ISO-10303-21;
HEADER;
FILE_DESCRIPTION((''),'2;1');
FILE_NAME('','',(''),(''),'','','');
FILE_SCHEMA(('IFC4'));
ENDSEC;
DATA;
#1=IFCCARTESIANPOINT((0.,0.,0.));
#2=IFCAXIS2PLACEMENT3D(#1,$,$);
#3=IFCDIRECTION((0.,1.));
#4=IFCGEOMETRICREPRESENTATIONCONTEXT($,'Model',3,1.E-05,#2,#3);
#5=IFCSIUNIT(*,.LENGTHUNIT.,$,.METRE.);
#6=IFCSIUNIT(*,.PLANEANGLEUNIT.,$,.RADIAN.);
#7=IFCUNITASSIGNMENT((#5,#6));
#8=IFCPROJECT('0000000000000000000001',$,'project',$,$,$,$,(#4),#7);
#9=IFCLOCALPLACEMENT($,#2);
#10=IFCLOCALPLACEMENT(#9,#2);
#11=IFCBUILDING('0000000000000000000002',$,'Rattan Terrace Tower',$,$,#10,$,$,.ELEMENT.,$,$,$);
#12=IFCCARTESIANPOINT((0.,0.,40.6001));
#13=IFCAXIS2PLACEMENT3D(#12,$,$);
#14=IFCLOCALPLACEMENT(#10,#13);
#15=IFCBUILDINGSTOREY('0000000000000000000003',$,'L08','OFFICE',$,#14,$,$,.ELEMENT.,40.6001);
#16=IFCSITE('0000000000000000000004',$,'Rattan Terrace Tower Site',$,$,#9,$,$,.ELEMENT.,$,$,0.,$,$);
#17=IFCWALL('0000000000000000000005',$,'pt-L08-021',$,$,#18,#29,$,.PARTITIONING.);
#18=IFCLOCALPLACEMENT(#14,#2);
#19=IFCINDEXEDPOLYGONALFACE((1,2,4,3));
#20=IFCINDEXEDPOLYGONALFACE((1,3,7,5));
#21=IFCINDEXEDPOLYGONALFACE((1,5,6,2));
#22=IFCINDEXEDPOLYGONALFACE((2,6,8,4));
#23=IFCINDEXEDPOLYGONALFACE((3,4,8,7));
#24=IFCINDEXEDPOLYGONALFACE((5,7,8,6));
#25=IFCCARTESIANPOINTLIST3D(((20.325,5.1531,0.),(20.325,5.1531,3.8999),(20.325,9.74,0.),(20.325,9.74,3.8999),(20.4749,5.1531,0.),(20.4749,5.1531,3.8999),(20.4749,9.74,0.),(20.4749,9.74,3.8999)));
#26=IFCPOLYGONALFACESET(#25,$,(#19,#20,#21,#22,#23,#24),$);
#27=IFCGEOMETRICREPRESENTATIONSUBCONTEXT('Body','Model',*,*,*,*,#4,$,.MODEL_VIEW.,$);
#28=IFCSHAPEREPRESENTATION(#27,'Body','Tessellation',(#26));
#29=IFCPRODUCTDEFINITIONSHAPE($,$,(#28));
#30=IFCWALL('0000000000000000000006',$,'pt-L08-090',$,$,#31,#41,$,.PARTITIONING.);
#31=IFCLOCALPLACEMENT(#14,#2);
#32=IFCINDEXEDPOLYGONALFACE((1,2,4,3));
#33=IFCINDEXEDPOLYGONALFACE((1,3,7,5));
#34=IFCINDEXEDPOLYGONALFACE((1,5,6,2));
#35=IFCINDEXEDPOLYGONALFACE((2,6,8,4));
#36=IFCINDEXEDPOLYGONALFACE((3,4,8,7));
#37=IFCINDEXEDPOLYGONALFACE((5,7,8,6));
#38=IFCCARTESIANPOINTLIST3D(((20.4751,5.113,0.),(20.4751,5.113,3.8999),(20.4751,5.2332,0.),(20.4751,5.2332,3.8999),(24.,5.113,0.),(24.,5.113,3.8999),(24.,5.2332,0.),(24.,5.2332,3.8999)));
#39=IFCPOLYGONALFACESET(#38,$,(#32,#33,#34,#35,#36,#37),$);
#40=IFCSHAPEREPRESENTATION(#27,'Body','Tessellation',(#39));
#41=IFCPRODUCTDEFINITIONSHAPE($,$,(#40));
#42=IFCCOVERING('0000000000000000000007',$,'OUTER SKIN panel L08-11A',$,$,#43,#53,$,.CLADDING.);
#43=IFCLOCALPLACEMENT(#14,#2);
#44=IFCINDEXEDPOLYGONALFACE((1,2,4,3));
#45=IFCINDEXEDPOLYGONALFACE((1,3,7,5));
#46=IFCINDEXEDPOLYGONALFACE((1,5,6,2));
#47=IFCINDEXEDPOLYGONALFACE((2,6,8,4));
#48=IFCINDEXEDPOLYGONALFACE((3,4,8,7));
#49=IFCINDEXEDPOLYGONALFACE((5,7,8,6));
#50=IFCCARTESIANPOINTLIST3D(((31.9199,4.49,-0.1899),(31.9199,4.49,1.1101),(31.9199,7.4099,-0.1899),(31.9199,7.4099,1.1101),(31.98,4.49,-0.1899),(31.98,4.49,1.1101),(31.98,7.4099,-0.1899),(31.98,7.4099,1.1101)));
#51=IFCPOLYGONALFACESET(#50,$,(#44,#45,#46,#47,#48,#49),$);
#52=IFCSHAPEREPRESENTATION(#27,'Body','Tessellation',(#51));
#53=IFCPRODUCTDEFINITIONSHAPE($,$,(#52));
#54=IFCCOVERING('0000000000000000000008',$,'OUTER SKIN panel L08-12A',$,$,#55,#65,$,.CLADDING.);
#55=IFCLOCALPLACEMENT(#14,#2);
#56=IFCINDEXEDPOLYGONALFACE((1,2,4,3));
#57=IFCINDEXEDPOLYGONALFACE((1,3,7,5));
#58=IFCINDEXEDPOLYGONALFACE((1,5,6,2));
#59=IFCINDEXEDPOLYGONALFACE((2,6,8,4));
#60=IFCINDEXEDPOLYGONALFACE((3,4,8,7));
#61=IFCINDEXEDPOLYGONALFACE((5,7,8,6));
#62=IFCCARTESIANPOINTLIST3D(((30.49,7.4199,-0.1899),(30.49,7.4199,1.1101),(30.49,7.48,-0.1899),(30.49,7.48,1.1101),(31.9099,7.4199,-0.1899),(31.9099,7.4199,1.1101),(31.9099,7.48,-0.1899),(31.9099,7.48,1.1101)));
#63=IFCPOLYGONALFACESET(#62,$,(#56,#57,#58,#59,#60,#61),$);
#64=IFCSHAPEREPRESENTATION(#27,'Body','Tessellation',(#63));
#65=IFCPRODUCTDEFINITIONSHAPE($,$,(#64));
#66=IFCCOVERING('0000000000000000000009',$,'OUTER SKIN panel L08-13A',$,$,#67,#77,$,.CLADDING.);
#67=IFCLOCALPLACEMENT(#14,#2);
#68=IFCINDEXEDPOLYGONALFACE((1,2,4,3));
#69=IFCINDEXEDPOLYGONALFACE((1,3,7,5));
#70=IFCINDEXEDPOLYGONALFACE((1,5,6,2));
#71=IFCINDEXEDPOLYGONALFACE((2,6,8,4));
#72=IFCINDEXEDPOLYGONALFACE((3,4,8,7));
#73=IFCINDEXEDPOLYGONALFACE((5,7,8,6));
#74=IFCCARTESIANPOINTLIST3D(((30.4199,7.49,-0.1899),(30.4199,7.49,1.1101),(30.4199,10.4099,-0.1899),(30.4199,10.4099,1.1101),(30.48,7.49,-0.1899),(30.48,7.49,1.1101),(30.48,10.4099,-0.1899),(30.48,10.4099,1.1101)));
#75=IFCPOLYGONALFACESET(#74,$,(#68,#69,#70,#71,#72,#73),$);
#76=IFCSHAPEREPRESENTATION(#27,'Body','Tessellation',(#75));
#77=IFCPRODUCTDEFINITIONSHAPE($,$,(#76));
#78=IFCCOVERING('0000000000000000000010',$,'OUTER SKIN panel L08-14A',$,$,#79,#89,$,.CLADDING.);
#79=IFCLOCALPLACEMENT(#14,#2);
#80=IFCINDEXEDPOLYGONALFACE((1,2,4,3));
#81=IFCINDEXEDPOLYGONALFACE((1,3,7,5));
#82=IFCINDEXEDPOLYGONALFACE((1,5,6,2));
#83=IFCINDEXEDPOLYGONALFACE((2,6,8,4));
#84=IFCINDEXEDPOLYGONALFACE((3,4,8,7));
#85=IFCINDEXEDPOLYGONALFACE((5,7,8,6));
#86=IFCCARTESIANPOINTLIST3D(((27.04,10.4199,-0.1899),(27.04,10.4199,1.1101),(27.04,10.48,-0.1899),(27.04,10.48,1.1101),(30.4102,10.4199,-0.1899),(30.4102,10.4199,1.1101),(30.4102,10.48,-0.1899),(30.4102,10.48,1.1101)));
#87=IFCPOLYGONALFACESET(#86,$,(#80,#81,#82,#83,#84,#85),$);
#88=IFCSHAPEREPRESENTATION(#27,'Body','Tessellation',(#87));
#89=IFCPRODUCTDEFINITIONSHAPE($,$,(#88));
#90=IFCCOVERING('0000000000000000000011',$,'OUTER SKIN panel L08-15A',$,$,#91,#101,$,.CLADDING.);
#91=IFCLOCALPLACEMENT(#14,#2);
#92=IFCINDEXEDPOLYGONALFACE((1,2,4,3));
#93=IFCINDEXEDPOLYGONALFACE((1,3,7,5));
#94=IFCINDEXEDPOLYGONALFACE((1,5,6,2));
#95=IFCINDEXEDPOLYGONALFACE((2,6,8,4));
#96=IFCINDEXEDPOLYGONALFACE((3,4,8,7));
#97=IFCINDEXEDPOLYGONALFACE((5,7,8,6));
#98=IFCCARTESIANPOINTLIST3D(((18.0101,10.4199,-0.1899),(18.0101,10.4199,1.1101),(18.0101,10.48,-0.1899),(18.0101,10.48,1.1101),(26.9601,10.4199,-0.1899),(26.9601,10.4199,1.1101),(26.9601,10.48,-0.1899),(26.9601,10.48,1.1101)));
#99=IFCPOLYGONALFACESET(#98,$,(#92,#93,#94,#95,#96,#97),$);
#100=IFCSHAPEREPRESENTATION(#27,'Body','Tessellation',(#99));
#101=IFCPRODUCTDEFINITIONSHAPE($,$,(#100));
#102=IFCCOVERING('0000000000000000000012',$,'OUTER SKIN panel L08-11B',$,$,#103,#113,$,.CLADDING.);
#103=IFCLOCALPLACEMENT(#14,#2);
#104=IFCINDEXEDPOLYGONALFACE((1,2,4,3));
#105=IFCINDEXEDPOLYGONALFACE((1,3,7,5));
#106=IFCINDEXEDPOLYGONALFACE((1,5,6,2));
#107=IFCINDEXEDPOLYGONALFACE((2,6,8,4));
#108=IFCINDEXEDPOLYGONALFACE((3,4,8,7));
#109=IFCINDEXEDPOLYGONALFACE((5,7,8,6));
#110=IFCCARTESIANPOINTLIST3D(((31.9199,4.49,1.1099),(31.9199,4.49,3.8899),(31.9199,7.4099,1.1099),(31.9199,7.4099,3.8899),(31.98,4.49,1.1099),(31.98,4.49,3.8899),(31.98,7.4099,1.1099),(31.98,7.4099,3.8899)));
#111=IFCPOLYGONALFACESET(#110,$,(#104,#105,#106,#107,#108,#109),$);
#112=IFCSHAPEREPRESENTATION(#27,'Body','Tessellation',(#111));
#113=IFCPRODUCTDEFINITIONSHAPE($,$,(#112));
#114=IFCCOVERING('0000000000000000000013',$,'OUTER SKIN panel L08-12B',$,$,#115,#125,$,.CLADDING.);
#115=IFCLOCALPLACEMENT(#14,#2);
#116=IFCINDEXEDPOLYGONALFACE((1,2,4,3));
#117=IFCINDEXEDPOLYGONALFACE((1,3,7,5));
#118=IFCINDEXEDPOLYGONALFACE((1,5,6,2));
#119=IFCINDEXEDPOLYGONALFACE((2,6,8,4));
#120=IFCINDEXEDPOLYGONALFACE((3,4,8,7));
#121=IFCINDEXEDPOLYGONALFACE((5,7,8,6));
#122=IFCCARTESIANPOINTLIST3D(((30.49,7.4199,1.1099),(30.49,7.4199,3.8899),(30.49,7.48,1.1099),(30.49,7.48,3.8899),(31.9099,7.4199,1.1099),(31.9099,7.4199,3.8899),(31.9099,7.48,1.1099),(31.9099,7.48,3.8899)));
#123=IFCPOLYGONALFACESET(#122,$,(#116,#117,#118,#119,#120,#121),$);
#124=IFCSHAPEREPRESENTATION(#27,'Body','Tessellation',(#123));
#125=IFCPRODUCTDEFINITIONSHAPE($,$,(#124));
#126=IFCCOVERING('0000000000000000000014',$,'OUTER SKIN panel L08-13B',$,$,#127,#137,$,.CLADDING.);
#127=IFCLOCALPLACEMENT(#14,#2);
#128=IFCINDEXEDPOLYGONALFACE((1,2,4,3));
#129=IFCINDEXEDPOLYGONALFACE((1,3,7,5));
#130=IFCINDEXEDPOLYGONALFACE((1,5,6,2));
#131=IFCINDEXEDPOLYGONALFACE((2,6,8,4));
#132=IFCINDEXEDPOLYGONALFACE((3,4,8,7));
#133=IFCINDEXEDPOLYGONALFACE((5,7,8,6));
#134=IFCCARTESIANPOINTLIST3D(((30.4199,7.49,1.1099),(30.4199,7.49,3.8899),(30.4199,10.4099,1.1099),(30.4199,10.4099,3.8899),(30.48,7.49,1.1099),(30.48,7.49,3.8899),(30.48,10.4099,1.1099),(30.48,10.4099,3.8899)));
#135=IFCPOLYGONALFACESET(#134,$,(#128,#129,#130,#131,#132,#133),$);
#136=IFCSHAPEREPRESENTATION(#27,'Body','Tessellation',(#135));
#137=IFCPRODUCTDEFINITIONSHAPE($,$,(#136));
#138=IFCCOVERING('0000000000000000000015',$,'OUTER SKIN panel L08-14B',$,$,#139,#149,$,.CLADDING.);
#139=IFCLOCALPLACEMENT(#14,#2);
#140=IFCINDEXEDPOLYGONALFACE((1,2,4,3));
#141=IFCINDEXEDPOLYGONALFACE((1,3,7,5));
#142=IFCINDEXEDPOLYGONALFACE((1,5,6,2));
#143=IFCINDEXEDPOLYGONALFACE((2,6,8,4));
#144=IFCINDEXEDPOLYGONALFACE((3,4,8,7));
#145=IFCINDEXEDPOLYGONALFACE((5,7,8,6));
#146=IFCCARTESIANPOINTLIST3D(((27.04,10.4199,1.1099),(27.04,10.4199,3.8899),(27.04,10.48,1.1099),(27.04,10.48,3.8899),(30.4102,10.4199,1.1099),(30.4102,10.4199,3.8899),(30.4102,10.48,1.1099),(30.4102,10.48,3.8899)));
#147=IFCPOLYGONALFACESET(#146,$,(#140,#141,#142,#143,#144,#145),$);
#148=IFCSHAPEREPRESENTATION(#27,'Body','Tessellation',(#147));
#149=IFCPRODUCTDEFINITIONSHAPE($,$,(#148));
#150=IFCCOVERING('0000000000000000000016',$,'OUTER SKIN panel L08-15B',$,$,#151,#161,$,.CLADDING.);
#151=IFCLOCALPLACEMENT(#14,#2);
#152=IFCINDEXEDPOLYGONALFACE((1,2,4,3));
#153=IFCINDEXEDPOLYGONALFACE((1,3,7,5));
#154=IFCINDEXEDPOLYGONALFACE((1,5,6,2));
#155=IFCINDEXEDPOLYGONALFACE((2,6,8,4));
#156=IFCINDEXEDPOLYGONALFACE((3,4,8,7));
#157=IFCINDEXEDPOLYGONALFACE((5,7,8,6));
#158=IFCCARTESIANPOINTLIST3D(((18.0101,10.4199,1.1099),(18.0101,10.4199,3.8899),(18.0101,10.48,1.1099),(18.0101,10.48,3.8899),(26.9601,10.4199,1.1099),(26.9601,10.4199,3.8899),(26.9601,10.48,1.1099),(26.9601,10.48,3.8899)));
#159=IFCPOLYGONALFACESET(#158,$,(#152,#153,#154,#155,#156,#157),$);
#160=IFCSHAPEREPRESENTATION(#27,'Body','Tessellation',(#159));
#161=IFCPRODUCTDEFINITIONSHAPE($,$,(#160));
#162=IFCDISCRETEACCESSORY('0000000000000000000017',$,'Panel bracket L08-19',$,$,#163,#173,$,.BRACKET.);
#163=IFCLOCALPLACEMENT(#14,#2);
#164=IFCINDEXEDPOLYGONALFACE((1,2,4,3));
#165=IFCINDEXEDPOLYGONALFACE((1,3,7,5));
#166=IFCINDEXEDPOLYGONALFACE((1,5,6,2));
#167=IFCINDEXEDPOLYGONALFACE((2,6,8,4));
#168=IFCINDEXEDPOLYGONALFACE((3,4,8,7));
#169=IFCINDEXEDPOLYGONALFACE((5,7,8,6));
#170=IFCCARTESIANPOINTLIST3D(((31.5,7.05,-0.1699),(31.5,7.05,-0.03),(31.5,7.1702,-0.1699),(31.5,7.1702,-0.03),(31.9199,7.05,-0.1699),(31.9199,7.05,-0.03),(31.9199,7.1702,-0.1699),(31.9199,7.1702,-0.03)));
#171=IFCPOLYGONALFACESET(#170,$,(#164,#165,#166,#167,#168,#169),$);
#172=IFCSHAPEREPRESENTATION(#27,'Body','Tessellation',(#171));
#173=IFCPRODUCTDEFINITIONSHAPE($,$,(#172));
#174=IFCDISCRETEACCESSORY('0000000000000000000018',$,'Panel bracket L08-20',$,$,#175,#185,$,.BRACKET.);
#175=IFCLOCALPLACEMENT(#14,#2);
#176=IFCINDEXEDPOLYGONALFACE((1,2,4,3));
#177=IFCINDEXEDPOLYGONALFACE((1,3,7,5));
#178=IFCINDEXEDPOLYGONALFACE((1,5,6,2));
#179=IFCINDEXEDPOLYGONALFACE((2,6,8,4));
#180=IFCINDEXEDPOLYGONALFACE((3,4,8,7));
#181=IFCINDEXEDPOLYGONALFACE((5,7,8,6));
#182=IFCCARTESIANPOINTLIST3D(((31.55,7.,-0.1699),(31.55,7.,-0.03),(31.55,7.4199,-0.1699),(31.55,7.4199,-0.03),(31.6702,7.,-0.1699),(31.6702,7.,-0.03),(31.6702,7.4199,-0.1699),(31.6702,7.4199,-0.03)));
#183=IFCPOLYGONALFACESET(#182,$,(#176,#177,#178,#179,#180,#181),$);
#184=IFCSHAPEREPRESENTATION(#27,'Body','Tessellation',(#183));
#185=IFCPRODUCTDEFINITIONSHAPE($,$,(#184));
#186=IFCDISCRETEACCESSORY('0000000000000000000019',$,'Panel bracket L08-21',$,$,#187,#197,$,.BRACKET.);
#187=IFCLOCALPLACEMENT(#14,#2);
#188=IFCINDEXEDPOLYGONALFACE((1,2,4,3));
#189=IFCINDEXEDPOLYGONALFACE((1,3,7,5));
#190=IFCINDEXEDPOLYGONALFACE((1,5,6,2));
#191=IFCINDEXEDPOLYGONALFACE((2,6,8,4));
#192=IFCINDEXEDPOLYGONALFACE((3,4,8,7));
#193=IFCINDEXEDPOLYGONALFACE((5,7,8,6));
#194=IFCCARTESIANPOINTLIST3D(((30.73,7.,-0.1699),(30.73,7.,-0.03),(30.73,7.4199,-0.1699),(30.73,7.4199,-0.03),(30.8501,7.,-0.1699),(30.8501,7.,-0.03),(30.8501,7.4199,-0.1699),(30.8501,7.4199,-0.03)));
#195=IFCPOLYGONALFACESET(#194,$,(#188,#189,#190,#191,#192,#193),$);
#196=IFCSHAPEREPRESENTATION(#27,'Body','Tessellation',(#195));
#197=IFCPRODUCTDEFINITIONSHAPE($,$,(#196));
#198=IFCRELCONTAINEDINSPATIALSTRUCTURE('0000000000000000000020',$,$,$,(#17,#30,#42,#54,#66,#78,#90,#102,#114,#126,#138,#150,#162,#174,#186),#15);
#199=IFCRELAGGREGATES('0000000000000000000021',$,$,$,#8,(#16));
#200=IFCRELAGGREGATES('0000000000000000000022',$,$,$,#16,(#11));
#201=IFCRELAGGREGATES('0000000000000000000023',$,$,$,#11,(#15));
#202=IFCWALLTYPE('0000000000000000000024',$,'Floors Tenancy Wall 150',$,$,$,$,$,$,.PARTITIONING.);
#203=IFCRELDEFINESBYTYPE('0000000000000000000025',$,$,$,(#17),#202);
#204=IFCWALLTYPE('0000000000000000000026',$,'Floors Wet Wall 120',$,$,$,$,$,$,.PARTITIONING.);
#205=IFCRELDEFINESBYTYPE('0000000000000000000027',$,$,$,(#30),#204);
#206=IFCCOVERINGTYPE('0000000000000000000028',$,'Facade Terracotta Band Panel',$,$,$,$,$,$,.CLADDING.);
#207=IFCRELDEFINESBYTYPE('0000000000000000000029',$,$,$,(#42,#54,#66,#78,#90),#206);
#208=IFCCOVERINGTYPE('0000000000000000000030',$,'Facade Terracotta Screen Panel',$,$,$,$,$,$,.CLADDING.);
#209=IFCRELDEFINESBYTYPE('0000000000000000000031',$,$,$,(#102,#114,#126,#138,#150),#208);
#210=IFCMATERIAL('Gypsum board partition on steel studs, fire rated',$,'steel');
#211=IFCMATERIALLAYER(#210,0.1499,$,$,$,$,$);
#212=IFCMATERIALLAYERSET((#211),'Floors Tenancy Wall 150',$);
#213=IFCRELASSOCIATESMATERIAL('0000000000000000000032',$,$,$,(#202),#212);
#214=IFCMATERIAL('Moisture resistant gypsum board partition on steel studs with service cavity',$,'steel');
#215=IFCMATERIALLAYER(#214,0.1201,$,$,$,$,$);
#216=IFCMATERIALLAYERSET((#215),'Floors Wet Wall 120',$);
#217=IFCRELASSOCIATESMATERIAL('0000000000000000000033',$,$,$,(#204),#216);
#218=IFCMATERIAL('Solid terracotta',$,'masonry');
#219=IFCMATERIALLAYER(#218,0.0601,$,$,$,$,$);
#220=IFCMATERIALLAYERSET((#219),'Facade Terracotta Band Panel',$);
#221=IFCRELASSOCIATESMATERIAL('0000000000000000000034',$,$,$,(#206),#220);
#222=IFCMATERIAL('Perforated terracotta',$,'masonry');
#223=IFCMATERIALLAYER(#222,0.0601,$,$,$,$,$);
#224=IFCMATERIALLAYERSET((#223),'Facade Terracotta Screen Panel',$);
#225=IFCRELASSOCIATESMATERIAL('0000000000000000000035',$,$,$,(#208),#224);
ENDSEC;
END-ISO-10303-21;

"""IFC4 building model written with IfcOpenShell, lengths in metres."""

from ifc_helpers import new_model, si_unit, direction, frame, frame_2d, origin, origin_2d, place, context, subcontext, project, spatial, rectangle, extrude, material, layer, layer_set, type_object, element, save


model = new_model("IFC4")

# Units and contexts
model_context = context("Model", 3, precision=1e-05, world=origin(), true_north=direction((0.0, 1.0)))
body_context = subcontext(model_context, "Body", "Model", "MODEL_VIEW")
ifc_project = project(units=[si_unit("LENGTHUNIT", "METRE"), si_unit("PLANEANGLEUNIT", "RADIAN")], contexts=[model_context])

# Site, building, storey
site_placement = place(None, origin())
site = spatial("IfcSite", under=ifc_project, at=site_placement, Name="Rattan Terrace Tower Site", CompositionType="ELEMENT", RefElevation=0.0)
building_placement = place(site_placement, origin())
building = spatial("IfcBuilding", under=site, at=building_placement, Name="Rattan Terrace Tower", CompositionType="ELEMENT")
storey_placement = place(building_placement, frame((0.0, 0.0, 40.6001)))
storey = spatial("IfcBuildingStorey", under=building, at=storey_placement, Name="L08", Description="OFFICE", CompositionType="ELEMENT", Elevation=40.6001)

# Walls
ifc_material_1 = material(Name="Gypsum board partition on steel studs, fire rated", Category="steel")
ifc_layer_1 = layer(ifc_material_1, 0.1499)
ifc_layer_set_1 = layer_set([ifc_layer_1], Name="Floors Tenancy Wall 150")
wall_type_1 = type_object("IfcWallType", Name="Floors Tenancy Wall 150", PredefinedType="PARTITIONING", material=ifc_layer_set_1)
wall_1_placement = place(storey_placement, frame((20.3999, 9.74, 0.0), z_axis=(0.0, 0.0, 1.0), x_axis=(0.0, -1.0, 0.0)))
element("IfcWall", 1, at=wall_1_placement, inside=storey, type_object=wall_type_1, Name="pt-L08-021", PredefinedType="PARTITIONING", context=body_context, shape_type="SweptSolid", body=[
    extrude(rectangle(XDim=4.5869, YDim=0.1499, at=frame_2d((2.2935, 0.0))), origin(), (0.0, 0.0, 1.0), 3.8999),
])
ifc_material_2 = material(Name="Moisture resistant gypsum board partition on steel studs with service cavity", Category="steel")
ifc_layer_2 = layer(ifc_material_2, 0.1201)
ifc_layer_set_2 = layer_set([ifc_layer_2], Name="Floors Wet Wall 120")
wall_type_2 = type_object("IfcWallType", Name="Floors Wet Wall 120", PredefinedType="PARTITIONING", material=ifc_layer_set_2)
wall_2_placement = place(storey_placement, frame((20.4751, 5.1731, 0.0), z_axis=(0.0, 0.0, 1.0), x_axis=(1.0, 0.0, 0.0)))
element("IfcWall", 2, at=wall_2_placement, inside=storey, type_object=wall_type_2, Name="pt-L08-090", PredefinedType="PARTITIONING", context=body_context, shape_type="SweptSolid", body=[
    extrude(rectangle(XDim=3.5249, YDim=0.1201, at=frame_2d((1.7625, 0.0))), origin(), (0.0, 0.0, 1.0), 3.8999),
])

# Coverings
ifc_material_3 = material(Name="Solid terracotta", Category="masonry")
ifc_layer_3 = layer(ifc_material_3, 0.0601)
ifc_layer_set_3 = layer_set([ifc_layer_3], Name="Facade Terracotta Band Panel")
covering_type_1 = type_object("IfcCoveringType", Name="Facade Terracotta Band Panel", PredefinedType="CLADDING", material=ifc_layer_set_3)
covering_1_placement = place(storey_placement, frame((31.95, 5.95, -0.1899), z_axis=(0.0, 0.0, 1.0), x_axis=(0.0, 1.0, 0.0)))
element("IfcCovering", 3, at=covering_1_placement, inside=storey, type_object=covering_type_1, Name="OUTER SKIN panel L08-11A", PredefinedType="CLADDING", context=body_context, shape_type="SweptSolid", body=[
    extrude(rectangle(XDim=2.9199, YDim=0.0601, at=origin_2d()), origin(), (0.0, 0.0, 1.0), 1.3),
])
covering_2_placement = place(storey_placement, frame((31.2, 7.45, -0.1899), z_axis=(0.0, 0.0, 1.0), x_axis=(-1.0, 0.0, 0.0)))
element("IfcCovering", 4, at=covering_2_placement, inside=storey, type_object=covering_type_1, Name="OUTER SKIN panel L08-12A", PredefinedType="CLADDING", context=body_context, shape_type="SweptSolid", body=[
    extrude(rectangle(XDim=1.4199, YDim=0.0601, at=origin_2d()), origin(), (0.0, 0.0, 1.0), 1.3),
])
covering_3_placement = place(storey_placement, frame((30.45, 8.95, -0.1899), z_axis=(0.0, 0.0, 1.0), x_axis=(0.0, 1.0, 0.0)))
element("IfcCovering", 5, at=covering_3_placement, inside=storey, type_object=covering_type_1, Name="OUTER SKIN panel L08-13A", PredefinedType="CLADDING", context=body_context, shape_type="SweptSolid", body=[
    extrude(rectangle(XDim=2.9199, YDim=0.0601, at=origin_2d()), origin(), (0.0, 0.0, 1.0), 1.3),
])
covering_4_placement = place(storey_placement, frame((28.7251, 10.45, -0.1899), z_axis=(0.0, 0.0, 1.0), x_axis=(-1.0, 0.0, 0.0)))
element("IfcCovering", 6, at=covering_4_placement, inside=storey, type_object=covering_type_1, Name="OUTER SKIN panel L08-14A", PredefinedType="CLADDING", context=body_context, shape_type="SweptSolid", body=[
    extrude(rectangle(XDim=3.3701, YDim=0.0601, at=origin_2d()), origin(), (0.0, 0.0, 1.0), 1.3),
])
covering_5_placement = place(storey_placement, frame((22.4851, 10.45, -0.1899), z_axis=(0.0, 0.0, 1.0), x_axis=(-1.0, 0.0, 0.0)))
element("IfcCovering", 7, at=covering_5_placement, inside=storey, type_object=covering_type_1, Name="OUTER SKIN panel L08-15A", PredefinedType="CLADDING", context=body_context, shape_type="SweptSolid", body=[
    extrude(rectangle(XDim=8.95, YDim=0.0601, at=origin_2d()), origin(), (0.0, 0.0, 1.0), 1.3),
])
ifc_material_4 = material(Name="Perforated terracotta", Category="masonry")
ifc_layer_4 = layer(ifc_material_4, 0.0601)
ifc_layer_set_4 = layer_set([ifc_layer_4], Name="Facade Terracotta Screen Panel")
covering_type_2 = type_object("IfcCoveringType", Name="Facade Terracotta Screen Panel", PredefinedType="CLADDING", material=ifc_layer_set_4)
covering_6_placement = place(storey_placement, frame((31.95, 5.95, 1.1099), z_axis=(0.0, 0.0, 1.0), x_axis=(0.0, 1.0, 0.0)))
element("IfcCovering", 8, at=covering_6_placement, inside=storey, type_object=covering_type_2, Name="OUTER SKIN panel L08-11B", PredefinedType="CLADDING", context=body_context, shape_type="SweptSolid", body=[
    extrude(rectangle(XDim=2.9199, YDim=0.0601, at=origin_2d()), origin(), (0.0, 0.0, 1.0), 2.78),
])
covering_7_placement = place(storey_placement, frame((31.2, 7.45, 1.1099), z_axis=(0.0, 0.0, 1.0), x_axis=(-1.0, 0.0, 0.0)))
element("IfcCovering", 9, at=covering_7_placement, inside=storey, type_object=covering_type_2, Name="OUTER SKIN panel L08-12B", PredefinedType="CLADDING", context=body_context, shape_type="SweptSolid", body=[
    extrude(rectangle(XDim=1.4199, YDim=0.0601, at=origin_2d()), origin(), (0.0, 0.0, 1.0), 2.78),
])
covering_8_placement = place(storey_placement, frame((30.45, 8.95, 1.1099), z_axis=(0.0, 0.0, 1.0), x_axis=(0.0, 1.0, 0.0)))
element("IfcCovering", 10, at=covering_8_placement, inside=storey, type_object=covering_type_2, Name="OUTER SKIN panel L08-13B", PredefinedType="CLADDING", context=body_context, shape_type="SweptSolid", body=[
    extrude(rectangle(XDim=2.9199, YDim=0.0601, at=origin_2d()), origin(), (0.0, 0.0, 1.0), 2.78),
])
covering_9_placement = place(storey_placement, frame((28.7251, 10.45, 1.1099), z_axis=(0.0, 0.0, 1.0), x_axis=(-1.0, 0.0, 0.0)))
element("IfcCovering", 11, at=covering_9_placement, inside=storey, type_object=covering_type_2, Name="OUTER SKIN panel L08-14B", PredefinedType="CLADDING", context=body_context, shape_type="SweptSolid", body=[
    extrude(rectangle(XDim=3.3701, YDim=0.0601, at=origin_2d()), origin(), (0.0, 0.0, 1.0), 2.78),
])
covering_10_placement = place(storey_placement, frame((22.4851, 10.45, 1.1099), z_axis=(0.0, 0.0, 1.0), x_axis=(-1.0, 0.0, 0.0)))
element("IfcCovering", 12, at=covering_10_placement, inside=storey, type_object=covering_type_2, Name="OUTER SKIN panel L08-15B", PredefinedType="CLADDING", context=body_context, shape_type="SweptSolid", body=[
    extrude(rectangle(XDim=8.95, YDim=0.0601, at=origin_2d()), origin(), (0.0, 0.0, 1.0), 2.78),
])

# Discrete accessories
for number, where, z_axis, x_axis, name in (
    (13, (31.71, 7.1101, -0.1699), (0.0, 0.0, 1.0), (0.0, 1.0, 0.0), "Panel bracket L08-19"),
    (14, (31.6101, 7.21, -0.1699), (0.0, 0.0, 1.0), (-1.0, 0.0, 0.0), "Panel bracket L08-20"),
    (15, (30.79, 7.21, -0.1699), (0.0, 0.0, 1.0), (-1.0, 0.0, 0.0), "Panel bracket L08-21"),
):
    element("IfcDiscreteAccessory", number, at=place(storey_placement, frame(where, z_axis=z_axis, x_axis=x_axis)), inside=storey, Name=name, PredefinedType="BRACKET", context=body_context, shape_type="SweptSolid", body=[
        extrude(rectangle(XDim=0.1201, YDim=0.4199, at=origin_2d()), origin(), (0.0, 0.0, 1.0), 0.1399),
    ])

save(model, "model.ifc")
